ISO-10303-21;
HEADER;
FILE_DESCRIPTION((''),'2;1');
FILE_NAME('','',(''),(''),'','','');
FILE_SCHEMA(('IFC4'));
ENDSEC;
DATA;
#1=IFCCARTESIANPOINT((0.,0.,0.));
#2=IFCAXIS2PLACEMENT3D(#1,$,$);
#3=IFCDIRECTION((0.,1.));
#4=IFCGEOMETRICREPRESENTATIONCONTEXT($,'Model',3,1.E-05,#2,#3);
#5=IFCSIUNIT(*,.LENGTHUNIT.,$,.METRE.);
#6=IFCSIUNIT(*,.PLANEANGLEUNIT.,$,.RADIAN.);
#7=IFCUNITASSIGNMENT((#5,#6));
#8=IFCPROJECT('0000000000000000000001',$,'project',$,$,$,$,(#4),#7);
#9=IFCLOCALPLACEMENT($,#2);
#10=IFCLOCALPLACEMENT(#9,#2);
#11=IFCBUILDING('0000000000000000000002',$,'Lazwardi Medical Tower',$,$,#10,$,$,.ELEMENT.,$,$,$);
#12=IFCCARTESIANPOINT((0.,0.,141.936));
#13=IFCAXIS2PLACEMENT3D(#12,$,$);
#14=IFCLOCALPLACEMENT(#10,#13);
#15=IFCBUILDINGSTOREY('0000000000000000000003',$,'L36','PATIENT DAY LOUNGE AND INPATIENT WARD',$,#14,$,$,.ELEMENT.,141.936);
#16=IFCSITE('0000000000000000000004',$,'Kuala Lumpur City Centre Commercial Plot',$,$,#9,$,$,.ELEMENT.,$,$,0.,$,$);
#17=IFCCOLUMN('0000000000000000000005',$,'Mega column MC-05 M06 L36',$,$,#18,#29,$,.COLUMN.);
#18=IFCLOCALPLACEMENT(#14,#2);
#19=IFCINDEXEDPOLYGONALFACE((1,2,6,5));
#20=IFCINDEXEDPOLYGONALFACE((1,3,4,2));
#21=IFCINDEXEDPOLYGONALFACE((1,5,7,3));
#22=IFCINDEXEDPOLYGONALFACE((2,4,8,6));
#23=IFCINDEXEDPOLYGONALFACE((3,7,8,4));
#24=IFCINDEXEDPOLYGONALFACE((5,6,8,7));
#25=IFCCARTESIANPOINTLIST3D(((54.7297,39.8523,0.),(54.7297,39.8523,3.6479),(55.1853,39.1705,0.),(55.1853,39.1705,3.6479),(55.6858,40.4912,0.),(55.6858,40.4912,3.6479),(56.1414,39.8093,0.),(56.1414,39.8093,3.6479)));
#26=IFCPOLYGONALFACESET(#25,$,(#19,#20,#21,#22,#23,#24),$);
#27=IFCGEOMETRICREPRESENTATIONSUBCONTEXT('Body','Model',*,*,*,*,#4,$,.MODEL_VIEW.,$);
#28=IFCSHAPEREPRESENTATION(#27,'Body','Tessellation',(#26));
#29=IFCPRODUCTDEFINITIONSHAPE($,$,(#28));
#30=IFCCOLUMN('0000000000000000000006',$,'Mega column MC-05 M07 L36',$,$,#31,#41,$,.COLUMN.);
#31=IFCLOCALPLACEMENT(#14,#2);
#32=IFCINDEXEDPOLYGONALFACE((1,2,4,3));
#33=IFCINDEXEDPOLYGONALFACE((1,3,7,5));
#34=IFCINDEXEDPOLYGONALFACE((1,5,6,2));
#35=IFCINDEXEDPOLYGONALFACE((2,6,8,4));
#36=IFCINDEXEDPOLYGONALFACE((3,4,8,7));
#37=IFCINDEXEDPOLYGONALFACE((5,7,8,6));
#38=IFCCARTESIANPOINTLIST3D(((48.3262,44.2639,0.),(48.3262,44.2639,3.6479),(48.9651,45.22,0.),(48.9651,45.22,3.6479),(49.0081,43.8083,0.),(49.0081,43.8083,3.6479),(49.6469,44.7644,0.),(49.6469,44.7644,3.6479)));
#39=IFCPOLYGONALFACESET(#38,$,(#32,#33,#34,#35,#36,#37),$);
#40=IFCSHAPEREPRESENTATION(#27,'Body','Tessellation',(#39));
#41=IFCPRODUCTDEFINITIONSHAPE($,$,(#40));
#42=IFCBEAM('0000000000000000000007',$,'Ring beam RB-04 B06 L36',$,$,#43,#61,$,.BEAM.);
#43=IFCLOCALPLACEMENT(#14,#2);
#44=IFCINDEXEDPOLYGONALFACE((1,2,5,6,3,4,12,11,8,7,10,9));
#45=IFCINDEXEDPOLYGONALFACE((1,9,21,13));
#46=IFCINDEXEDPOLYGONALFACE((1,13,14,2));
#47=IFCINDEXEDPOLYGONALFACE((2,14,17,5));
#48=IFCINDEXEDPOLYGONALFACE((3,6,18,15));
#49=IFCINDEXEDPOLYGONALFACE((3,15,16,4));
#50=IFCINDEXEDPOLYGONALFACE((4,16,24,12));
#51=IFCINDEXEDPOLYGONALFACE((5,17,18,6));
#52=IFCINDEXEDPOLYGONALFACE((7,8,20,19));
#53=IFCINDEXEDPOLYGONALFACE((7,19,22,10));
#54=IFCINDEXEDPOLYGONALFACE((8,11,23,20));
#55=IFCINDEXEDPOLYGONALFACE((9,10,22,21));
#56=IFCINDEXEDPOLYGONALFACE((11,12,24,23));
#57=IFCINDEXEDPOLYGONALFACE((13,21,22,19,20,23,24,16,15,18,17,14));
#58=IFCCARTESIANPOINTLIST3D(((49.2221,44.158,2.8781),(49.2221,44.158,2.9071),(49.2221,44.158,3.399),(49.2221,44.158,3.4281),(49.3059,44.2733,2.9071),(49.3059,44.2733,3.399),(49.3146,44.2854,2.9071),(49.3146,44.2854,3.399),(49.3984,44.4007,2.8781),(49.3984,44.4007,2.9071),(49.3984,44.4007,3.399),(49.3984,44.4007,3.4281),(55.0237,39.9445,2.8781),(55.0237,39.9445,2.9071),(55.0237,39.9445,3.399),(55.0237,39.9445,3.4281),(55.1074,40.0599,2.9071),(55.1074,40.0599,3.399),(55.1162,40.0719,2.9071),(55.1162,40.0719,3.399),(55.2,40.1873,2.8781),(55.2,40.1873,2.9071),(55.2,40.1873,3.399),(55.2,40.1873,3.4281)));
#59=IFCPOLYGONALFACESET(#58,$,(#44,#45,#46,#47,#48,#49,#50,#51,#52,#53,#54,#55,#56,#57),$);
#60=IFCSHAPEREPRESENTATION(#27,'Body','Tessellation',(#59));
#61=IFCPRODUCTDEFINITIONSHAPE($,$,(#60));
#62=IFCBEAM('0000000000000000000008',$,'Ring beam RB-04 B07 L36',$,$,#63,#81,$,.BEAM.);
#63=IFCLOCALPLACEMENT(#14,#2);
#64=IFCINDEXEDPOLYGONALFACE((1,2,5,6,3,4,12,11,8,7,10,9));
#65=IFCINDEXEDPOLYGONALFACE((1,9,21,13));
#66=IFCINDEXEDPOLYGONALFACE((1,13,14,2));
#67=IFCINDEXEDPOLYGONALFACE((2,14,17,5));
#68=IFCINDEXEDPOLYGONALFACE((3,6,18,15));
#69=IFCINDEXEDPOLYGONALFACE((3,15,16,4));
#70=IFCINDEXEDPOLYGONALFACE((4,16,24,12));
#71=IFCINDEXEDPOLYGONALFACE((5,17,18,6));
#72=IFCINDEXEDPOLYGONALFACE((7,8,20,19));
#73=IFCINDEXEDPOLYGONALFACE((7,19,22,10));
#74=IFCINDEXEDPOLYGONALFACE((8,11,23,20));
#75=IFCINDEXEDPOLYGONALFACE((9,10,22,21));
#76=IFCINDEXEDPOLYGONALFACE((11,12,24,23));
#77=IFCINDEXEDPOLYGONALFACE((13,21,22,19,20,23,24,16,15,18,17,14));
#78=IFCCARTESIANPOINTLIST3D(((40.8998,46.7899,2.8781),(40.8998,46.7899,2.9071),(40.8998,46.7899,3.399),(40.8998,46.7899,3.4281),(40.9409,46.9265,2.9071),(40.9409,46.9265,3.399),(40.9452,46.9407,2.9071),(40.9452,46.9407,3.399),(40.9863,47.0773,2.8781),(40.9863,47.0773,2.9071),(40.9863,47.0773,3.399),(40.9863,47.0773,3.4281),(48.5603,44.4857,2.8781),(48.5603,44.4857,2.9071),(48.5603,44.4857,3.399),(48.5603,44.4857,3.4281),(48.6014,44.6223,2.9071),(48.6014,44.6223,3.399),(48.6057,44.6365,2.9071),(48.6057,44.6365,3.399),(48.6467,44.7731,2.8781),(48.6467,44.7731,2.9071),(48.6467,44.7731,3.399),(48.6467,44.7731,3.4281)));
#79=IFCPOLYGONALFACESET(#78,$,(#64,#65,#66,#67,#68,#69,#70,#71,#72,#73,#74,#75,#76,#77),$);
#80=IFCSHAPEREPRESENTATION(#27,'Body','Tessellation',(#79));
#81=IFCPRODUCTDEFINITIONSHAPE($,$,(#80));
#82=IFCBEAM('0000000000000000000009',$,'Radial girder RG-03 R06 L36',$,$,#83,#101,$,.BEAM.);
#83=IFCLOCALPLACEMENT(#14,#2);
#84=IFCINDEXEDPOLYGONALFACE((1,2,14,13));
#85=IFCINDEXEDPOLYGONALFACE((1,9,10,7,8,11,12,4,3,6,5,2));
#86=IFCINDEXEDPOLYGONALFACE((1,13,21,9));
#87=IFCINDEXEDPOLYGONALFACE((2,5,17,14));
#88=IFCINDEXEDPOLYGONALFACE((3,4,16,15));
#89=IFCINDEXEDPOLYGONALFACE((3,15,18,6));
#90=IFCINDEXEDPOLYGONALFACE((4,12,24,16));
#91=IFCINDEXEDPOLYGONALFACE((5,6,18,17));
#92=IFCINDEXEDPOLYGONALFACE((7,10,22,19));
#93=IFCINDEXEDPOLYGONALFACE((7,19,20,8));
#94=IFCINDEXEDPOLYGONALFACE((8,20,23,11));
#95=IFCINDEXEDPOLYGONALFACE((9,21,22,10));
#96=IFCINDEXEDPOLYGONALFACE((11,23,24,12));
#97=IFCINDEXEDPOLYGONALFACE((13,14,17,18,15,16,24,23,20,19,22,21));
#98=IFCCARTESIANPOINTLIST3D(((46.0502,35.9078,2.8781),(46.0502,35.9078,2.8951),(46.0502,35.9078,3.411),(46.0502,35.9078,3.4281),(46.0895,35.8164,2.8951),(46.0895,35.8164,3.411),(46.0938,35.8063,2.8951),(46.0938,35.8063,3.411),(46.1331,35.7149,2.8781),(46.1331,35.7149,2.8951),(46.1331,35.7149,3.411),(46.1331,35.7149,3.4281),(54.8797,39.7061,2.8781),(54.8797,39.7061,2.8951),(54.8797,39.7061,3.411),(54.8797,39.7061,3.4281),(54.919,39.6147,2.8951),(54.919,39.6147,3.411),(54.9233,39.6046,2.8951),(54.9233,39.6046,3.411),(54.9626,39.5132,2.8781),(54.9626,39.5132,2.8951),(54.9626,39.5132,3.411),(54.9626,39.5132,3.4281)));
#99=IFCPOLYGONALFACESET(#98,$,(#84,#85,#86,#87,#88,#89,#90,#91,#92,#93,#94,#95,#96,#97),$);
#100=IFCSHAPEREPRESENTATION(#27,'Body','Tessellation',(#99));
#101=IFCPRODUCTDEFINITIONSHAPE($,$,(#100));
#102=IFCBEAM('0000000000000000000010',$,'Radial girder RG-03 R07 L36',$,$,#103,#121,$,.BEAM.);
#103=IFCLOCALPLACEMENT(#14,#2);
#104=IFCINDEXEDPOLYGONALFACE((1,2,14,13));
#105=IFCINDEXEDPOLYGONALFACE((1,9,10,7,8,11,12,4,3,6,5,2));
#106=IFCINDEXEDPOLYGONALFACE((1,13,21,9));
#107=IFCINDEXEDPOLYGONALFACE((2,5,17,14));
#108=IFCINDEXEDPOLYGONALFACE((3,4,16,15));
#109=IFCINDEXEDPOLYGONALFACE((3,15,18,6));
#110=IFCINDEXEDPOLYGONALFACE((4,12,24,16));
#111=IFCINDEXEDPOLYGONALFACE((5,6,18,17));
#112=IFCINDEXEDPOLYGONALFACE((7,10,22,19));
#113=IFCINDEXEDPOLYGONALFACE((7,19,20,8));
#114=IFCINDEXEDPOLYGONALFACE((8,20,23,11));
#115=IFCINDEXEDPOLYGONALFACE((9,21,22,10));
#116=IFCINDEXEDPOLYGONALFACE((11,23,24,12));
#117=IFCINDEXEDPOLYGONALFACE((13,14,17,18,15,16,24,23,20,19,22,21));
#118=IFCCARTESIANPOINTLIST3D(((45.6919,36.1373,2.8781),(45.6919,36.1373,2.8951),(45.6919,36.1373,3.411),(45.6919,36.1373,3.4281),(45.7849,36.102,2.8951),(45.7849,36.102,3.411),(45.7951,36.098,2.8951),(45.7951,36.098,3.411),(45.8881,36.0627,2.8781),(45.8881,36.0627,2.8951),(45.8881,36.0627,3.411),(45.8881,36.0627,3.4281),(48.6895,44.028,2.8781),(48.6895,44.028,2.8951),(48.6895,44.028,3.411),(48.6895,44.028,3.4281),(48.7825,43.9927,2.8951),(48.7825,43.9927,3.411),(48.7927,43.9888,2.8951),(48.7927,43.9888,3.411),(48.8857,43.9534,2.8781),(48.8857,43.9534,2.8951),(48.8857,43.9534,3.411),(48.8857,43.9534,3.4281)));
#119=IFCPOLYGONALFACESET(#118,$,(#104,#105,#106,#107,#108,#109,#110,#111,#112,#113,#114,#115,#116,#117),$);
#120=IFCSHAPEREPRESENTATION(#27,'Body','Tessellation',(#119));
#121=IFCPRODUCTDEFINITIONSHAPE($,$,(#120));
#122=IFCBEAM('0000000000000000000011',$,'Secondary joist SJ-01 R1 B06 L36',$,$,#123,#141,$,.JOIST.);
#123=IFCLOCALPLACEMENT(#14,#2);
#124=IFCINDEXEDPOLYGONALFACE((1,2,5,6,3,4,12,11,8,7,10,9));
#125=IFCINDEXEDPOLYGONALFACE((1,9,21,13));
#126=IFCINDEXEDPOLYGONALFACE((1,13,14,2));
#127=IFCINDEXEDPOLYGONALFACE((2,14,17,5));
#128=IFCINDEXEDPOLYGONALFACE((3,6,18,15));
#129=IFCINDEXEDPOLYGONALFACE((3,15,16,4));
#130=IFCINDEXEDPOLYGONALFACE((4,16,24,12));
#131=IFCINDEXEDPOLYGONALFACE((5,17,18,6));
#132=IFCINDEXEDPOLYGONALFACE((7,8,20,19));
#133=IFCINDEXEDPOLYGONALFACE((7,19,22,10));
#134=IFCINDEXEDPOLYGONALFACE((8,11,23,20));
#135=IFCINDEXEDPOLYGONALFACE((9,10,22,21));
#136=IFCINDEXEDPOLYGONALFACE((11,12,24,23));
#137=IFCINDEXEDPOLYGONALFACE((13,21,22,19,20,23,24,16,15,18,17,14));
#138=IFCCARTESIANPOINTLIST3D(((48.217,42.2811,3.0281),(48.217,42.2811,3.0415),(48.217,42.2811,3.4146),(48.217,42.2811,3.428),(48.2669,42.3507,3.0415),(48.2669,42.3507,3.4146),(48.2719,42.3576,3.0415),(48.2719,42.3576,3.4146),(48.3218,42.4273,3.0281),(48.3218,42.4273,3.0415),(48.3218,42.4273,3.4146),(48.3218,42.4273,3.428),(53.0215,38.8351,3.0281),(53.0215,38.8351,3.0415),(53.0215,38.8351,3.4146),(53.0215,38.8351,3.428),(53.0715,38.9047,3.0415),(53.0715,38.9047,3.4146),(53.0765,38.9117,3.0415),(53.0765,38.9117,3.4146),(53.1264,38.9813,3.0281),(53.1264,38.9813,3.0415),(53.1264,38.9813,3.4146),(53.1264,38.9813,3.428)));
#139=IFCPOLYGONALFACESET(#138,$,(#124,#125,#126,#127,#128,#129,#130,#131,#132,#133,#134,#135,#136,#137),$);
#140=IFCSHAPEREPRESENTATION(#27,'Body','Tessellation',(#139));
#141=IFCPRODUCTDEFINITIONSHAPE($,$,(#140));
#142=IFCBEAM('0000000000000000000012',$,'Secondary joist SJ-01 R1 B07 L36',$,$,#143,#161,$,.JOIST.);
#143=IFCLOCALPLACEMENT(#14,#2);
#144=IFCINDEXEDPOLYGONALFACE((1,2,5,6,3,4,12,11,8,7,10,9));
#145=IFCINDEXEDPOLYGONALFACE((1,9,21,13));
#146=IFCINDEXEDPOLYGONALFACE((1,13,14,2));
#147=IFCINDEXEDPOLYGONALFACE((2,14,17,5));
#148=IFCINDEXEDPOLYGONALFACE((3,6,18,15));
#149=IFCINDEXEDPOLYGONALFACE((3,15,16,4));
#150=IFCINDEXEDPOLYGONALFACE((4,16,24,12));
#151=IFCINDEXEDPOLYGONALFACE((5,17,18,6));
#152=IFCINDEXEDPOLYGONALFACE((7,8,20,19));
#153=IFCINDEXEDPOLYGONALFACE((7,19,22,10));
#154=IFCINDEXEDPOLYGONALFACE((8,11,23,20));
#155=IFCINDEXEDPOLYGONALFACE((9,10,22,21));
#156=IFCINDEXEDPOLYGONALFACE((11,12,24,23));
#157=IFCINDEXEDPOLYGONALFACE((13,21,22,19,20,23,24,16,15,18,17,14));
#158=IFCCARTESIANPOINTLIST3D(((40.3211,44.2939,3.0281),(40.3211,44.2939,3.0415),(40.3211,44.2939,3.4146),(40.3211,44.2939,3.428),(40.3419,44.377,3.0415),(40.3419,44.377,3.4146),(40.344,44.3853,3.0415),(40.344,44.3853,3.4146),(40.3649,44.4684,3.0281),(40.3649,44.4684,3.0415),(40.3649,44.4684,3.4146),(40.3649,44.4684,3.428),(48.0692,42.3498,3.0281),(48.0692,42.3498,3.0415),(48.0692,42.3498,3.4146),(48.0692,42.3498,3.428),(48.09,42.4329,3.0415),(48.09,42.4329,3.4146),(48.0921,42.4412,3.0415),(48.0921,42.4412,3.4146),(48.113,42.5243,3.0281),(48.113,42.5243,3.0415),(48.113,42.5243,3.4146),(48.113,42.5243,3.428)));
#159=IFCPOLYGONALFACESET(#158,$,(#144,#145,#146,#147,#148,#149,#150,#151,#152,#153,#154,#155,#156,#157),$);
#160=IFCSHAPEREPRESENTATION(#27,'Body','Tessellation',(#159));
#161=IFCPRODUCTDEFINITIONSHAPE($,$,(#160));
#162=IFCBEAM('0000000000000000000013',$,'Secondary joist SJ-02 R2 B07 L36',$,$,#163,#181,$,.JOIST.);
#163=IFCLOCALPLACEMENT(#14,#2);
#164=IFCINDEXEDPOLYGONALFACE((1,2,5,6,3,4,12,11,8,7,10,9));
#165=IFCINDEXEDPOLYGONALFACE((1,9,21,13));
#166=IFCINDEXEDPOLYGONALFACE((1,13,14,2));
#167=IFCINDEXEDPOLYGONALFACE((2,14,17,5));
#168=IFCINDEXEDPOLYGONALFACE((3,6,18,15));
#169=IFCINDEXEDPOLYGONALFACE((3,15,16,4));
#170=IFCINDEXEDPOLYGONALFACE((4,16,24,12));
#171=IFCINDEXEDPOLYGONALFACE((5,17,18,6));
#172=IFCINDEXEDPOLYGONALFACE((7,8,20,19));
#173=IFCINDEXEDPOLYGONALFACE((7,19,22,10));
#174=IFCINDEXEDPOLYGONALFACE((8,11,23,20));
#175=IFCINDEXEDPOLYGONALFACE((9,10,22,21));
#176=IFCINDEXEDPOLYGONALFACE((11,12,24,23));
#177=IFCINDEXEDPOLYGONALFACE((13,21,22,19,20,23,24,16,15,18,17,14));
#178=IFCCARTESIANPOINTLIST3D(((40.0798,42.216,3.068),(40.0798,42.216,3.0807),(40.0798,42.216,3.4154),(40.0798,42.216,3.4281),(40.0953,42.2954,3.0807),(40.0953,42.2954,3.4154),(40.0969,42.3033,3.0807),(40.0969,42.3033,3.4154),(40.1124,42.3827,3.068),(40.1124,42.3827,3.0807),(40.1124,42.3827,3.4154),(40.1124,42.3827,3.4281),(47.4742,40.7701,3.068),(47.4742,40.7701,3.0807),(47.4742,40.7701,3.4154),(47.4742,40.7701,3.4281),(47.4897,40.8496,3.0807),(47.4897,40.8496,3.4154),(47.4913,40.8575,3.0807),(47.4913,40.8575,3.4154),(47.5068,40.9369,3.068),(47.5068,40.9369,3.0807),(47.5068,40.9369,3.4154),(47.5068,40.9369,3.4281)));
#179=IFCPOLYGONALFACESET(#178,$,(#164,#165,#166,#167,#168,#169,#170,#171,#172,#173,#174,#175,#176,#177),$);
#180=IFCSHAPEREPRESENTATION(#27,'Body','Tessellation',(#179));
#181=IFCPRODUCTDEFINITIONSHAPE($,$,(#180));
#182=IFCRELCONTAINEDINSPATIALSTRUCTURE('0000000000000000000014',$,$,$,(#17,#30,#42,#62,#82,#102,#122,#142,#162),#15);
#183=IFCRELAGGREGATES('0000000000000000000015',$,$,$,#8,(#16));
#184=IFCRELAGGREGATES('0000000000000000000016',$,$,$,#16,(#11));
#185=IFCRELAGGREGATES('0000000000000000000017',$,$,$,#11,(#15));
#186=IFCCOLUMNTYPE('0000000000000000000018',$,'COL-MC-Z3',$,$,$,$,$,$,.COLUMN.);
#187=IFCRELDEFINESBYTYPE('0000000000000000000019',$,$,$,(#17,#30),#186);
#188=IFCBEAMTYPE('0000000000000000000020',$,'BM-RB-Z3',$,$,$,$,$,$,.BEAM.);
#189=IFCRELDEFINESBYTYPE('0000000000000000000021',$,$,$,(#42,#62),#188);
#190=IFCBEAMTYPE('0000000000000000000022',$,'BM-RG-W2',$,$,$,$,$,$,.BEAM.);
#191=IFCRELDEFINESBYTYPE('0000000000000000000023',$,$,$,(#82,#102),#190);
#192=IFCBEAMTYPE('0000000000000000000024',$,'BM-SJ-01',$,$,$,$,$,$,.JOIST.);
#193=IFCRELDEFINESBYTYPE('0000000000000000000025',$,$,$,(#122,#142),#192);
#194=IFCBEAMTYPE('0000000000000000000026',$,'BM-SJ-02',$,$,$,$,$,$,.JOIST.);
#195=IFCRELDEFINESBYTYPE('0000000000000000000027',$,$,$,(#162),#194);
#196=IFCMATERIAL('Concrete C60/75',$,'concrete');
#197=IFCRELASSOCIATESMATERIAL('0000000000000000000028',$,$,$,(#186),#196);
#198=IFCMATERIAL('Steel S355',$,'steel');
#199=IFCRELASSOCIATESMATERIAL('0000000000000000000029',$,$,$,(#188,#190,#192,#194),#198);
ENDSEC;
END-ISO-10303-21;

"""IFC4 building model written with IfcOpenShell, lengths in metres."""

from ifc_helpers import new_model, si_unit, direction, frame, origin, origin_2d, place, context, subcontext, project, spatial, rectangle, i_section, extrude, material, material_profile, profile_set, type_object, element, save


model = new_model("IFC4")

# Units and contexts
model_context = context("Model", 3, precision=1e-05, world=origin(), true_north=direction((0.0, 1.0)))
body_context = subcontext(model_context, "Body", "Model", "MODEL_VIEW")
ifc_project = project(units=[si_unit("LENGTHUNIT", "METRE"), si_unit("PLANEANGLEUNIT", "RADIAN")], contexts=[model_context])

# Site, building, storey
site_placement = place(None, origin())
site = spatial("IfcSite", under=ifc_project, at=site_placement, Name="Kuala Lumpur City Centre Commercial Plot", CompositionType="ELEMENT", RefElevation=0.0)
building_placement = place(site_placement, origin())
building = spatial("IfcBuilding", under=site, at=building_placement, Name="Lazwardi Medical Tower", CompositionType="ELEMENT")
storey_placement = place(building_placement, frame((0.0, 0.0, 141.936)))
storey = spatial("IfcBuildingStorey", under=building, at=storey_placement, Name="L36", Description="PATIENT DAY LOUNGE AND INPATIENT WARD", CompositionType="ELEMENT", Elevation=141.936)

# Columns
ifc_material_1 = material(Name="Concrete C60/75", Category="concrete")
ifc_material_profile_1 = material_profile(ifc_material_1, rectangle(XDim=1.1499, YDim=0.8201, at=origin_2d()), Name="CFT-RECT 1150x820")
ifc_profile_set_1 = profile_set([ifc_material_profile_1], Name="Concrete C60/75")
column_type = type_object("IfcColumnType", Name="COL-MC-Z3", PredefinedType="COLUMN", material=ifc_profile_set_1)
for number, where, z_axis, x_axis, name in (
    (1, (55.4355, 39.8308, 0.0), (0.0, 0.0, 1.0), (0.83147, 0.55557, 0.0), "Mega column MC-05 M06 L36"),
    (2, (48.9866, 44.5142, 0.0), (0.0, 0.0, 1.0), (0.55557, 0.83147, 0.0), "Mega column MC-05 M07 L36"),
):
    element("IfcColumn", number, at=place(storey_placement, frame(where, z_axis=z_axis, x_axis=x_axis)), inside=storey, type_object=column_type, Name=name, PredefinedType="COLUMN", context=body_context, shape_type="SweptSolid", body=[
        extrude(rectangle(XDim=1.1499, YDim=0.8201, at=origin_2d()), origin(), (0.0, 0.0, 1.0), 3.6479),
    ])

# Beams
ifc_material_2 = material(Name="Steel S355", Category="steel")
ifc_material_profile_2 = material_profile(ifc_material_2, i_section(OverallWidth=0.3, OverallDepth=0.55, WebThickness=0.0149, FlangeThickness=0.0291, at=origin_2d()), Name="HEB 550")
ifc_profile_set_2 = profile_set([ifc_material_profile_2], Name="Steel S355")
beam_type_1 = type_object("IfcBeamType", Name="BM-RB-Z3", PredefinedType="BEAM", material=ifc_profile_set_2)
beam_1_placement = place(storey_placement, frame((55.1118, 40.0659, 3.1531), z_axis=(-0.809128, 0.587633, 0.0), x_axis=(-0.587633, -0.809128, 0.0)))
element("IfcBeam", 3, at=beam_1_placement, inside=storey, type_object=beam_type_1, Name="Ring beam RB-04 B06 L36", PredefinedType="BEAM", context=body_context, shape_type="SweptSolid", body=[
    extrude(i_section(OverallWidth=0.3, OverallDepth=0.55, WebThickness=0.0149, FlangeThickness=0.0291, at=origin_2d()), origin(), (0.0, 0.0, 1.0), 7.1702),
])
beam_2_placement = place(storey_placement, frame((48.6035, 44.6294, 3.1531), z_axis=(-0.957617, 0.288045, 0.0), x_axis=(-0.288045, -0.957617, 0.0)))
element("IfcBeam", 4, at=beam_2_placement, inside=storey, type_object=beam_type_1, Name="Ring beam RB-04 B07 L36", PredefinedType="BEAM", context=body_context, shape_type="SweptSolid", body=[
    extrude(i_section(OverallWidth=0.3, OverallDepth=0.55, WebThickness=0.0149, FlangeThickness=0.0291, at=origin_2d()), origin(), (0.0, 0.0, 1.0), 7.9995),
])
ifc_material_profile_3 = material_profile(ifc_material_2, i_section(OverallWidth=0.21, OverallDepth=0.55, WebThickness=0.011, FlangeThickness=0.0171, at=origin_2d()), Name="IPE 550")
ifc_profile_set_3 = profile_set([ifc_material_profile_3], Name="Steel S355")
beam_type_2 = type_object("IfcBeamType", Name="BM-RG-W2", PredefinedType="BEAM", material=ifc_profile_set_3)
beam_3_placement = place(storey_placement, frame((54.9211, 39.6096, 3.1531), z_axis=(-0.918608, -0.39517, 0.0), x_axis=(0.39517, -0.918608, 0.0)))
element("IfcBeam", 5, at=beam_3_placement, inside=storey, type_object=beam_type_2, Name="Radial girder RG-03 R06 L36", PredefinedType="BEAM", context=body_context, shape_type="SweptSolid", body=[
    extrude(i_section(OverallWidth=0.21, OverallDepth=0.55, WebThickness=0.011, FlangeThickness=0.0171, at=origin_2d()), origin(), (0.0, 0.0, 1.0), 9.6118),
])
beam_4_placement = place(storey_placement, frame((48.7876, 43.9907, 3.1531), z_axis=(-0.355127, -0.934818, 0.0), x_axis=(0.934818, -0.355127, 0.0)))
element("IfcBeam", 6, at=beam_4_placement, inside=storey, type_object=beam_type_2, Name="Radial girder RG-03 R07 L36", PredefinedType="BEAM", context=body_context, shape_type="SweptSolid", body=[
    extrude(i_section(OverallWidth=0.21, OverallDepth=0.55, WebThickness=0.011, FlangeThickness=0.0171, at=origin_2d()), origin(), (0.0, 0.0, 1.0), 8.4409),
])
ifc_material_profile_4 = material_profile(ifc_material_2, i_section(OverallWidth=0.1799, OverallDepth=0.3999, WebThickness=0.0085, FlangeThickness=0.0134, at=origin_2d()), Name="IPE 400")
ifc_profile_set_4 = profile_set([ifc_material_profile_4], Name="Steel S355")
beam_type_3 = type_object("IfcBeamType", Name="BM-SJ-01", PredefinedType="JOIST", material=ifc_profile_set_4)
beam_5_placement = place(storey_placement, frame((53.074, 38.9082, 3.228), z_axis=(-0.812602, 0.582819, 0.0), x_axis=(-0.582819, -0.812602, 0.0)))
element("IfcBeam", 7, at=beam_5_placement, inside=storey, type_object=beam_type_3, Name="Secondary joist SJ-01 R1 B06 L36", PredefinedType="JOIST", context=body_context, shape_type="SweptSolid", body=[
    extrude(i_section(OverallWidth=0.1799, OverallDepth=0.3999, WebThickness=0.0085, FlangeThickness=0.0134, at=origin_2d()), origin(), (0.0, 0.0, 1.0), 5.9126),
])
beam_6_placement = place(storey_placement, frame((48.0911, 42.437, 3.228), z_axis=(-0.969934, 0.24337, 0.0), x_axis=(-0.24337, -0.969934, 0.0)))
element("IfcBeam", 8, at=beam_6_placement, inside=storey, type_object=beam_type_3, Name="Secondary joist SJ-01 R1 B07 L36", PredefinedType="JOIST", context=body_context, shape_type="SweptSolid", body=[
    extrude(i_section(OverallWidth=0.1799, OverallDepth=0.3999, WebThickness=0.0085, FlangeThickness=0.0134, at=origin_2d()), origin(), (0.0, 0.0, 1.0), 7.9883),
])
ifc_material_profile_5 = material_profile(ifc_material_2, i_section(OverallWidth=0.1699, OverallDepth=0.3601, WebThickness=0.0081, FlangeThickness=0.0127, at=origin_2d()), Name="IPE 360")
ifc_profile_set_5 = profile_set([ifc_material_profile_5], Name="Steel S355")
beam_type_4 = type_object("IfcBeamType", Name="BM-SJ-02", PredefinedType="JOIST", material=ifc_profile_set_5)
beam_7_placement = place(storey_placement, frame((47.4905, 40.8535, 3.248), z_axis=(-0.981415, 0.191896, 0.0), x_axis=(-0.191896, -0.981415, 0.0)))
element("IfcBeam", 9, at=beam_7_placement, inside=storey, type_object=beam_type_4, Name="Secondary joist SJ-02 R2 B07 L36", PredefinedType="JOIST", context=body_context, shape_type="SweptSolid", body=[
    extrude(i_section(OverallWidth=0.1699, OverallDepth=0.3601, WebThickness=0.0081, FlangeThickness=0.0127, at=origin_2d()), origin(), (0.0, 0.0, 1.0), 7.5344),
])

save(model, "model.ifc")
